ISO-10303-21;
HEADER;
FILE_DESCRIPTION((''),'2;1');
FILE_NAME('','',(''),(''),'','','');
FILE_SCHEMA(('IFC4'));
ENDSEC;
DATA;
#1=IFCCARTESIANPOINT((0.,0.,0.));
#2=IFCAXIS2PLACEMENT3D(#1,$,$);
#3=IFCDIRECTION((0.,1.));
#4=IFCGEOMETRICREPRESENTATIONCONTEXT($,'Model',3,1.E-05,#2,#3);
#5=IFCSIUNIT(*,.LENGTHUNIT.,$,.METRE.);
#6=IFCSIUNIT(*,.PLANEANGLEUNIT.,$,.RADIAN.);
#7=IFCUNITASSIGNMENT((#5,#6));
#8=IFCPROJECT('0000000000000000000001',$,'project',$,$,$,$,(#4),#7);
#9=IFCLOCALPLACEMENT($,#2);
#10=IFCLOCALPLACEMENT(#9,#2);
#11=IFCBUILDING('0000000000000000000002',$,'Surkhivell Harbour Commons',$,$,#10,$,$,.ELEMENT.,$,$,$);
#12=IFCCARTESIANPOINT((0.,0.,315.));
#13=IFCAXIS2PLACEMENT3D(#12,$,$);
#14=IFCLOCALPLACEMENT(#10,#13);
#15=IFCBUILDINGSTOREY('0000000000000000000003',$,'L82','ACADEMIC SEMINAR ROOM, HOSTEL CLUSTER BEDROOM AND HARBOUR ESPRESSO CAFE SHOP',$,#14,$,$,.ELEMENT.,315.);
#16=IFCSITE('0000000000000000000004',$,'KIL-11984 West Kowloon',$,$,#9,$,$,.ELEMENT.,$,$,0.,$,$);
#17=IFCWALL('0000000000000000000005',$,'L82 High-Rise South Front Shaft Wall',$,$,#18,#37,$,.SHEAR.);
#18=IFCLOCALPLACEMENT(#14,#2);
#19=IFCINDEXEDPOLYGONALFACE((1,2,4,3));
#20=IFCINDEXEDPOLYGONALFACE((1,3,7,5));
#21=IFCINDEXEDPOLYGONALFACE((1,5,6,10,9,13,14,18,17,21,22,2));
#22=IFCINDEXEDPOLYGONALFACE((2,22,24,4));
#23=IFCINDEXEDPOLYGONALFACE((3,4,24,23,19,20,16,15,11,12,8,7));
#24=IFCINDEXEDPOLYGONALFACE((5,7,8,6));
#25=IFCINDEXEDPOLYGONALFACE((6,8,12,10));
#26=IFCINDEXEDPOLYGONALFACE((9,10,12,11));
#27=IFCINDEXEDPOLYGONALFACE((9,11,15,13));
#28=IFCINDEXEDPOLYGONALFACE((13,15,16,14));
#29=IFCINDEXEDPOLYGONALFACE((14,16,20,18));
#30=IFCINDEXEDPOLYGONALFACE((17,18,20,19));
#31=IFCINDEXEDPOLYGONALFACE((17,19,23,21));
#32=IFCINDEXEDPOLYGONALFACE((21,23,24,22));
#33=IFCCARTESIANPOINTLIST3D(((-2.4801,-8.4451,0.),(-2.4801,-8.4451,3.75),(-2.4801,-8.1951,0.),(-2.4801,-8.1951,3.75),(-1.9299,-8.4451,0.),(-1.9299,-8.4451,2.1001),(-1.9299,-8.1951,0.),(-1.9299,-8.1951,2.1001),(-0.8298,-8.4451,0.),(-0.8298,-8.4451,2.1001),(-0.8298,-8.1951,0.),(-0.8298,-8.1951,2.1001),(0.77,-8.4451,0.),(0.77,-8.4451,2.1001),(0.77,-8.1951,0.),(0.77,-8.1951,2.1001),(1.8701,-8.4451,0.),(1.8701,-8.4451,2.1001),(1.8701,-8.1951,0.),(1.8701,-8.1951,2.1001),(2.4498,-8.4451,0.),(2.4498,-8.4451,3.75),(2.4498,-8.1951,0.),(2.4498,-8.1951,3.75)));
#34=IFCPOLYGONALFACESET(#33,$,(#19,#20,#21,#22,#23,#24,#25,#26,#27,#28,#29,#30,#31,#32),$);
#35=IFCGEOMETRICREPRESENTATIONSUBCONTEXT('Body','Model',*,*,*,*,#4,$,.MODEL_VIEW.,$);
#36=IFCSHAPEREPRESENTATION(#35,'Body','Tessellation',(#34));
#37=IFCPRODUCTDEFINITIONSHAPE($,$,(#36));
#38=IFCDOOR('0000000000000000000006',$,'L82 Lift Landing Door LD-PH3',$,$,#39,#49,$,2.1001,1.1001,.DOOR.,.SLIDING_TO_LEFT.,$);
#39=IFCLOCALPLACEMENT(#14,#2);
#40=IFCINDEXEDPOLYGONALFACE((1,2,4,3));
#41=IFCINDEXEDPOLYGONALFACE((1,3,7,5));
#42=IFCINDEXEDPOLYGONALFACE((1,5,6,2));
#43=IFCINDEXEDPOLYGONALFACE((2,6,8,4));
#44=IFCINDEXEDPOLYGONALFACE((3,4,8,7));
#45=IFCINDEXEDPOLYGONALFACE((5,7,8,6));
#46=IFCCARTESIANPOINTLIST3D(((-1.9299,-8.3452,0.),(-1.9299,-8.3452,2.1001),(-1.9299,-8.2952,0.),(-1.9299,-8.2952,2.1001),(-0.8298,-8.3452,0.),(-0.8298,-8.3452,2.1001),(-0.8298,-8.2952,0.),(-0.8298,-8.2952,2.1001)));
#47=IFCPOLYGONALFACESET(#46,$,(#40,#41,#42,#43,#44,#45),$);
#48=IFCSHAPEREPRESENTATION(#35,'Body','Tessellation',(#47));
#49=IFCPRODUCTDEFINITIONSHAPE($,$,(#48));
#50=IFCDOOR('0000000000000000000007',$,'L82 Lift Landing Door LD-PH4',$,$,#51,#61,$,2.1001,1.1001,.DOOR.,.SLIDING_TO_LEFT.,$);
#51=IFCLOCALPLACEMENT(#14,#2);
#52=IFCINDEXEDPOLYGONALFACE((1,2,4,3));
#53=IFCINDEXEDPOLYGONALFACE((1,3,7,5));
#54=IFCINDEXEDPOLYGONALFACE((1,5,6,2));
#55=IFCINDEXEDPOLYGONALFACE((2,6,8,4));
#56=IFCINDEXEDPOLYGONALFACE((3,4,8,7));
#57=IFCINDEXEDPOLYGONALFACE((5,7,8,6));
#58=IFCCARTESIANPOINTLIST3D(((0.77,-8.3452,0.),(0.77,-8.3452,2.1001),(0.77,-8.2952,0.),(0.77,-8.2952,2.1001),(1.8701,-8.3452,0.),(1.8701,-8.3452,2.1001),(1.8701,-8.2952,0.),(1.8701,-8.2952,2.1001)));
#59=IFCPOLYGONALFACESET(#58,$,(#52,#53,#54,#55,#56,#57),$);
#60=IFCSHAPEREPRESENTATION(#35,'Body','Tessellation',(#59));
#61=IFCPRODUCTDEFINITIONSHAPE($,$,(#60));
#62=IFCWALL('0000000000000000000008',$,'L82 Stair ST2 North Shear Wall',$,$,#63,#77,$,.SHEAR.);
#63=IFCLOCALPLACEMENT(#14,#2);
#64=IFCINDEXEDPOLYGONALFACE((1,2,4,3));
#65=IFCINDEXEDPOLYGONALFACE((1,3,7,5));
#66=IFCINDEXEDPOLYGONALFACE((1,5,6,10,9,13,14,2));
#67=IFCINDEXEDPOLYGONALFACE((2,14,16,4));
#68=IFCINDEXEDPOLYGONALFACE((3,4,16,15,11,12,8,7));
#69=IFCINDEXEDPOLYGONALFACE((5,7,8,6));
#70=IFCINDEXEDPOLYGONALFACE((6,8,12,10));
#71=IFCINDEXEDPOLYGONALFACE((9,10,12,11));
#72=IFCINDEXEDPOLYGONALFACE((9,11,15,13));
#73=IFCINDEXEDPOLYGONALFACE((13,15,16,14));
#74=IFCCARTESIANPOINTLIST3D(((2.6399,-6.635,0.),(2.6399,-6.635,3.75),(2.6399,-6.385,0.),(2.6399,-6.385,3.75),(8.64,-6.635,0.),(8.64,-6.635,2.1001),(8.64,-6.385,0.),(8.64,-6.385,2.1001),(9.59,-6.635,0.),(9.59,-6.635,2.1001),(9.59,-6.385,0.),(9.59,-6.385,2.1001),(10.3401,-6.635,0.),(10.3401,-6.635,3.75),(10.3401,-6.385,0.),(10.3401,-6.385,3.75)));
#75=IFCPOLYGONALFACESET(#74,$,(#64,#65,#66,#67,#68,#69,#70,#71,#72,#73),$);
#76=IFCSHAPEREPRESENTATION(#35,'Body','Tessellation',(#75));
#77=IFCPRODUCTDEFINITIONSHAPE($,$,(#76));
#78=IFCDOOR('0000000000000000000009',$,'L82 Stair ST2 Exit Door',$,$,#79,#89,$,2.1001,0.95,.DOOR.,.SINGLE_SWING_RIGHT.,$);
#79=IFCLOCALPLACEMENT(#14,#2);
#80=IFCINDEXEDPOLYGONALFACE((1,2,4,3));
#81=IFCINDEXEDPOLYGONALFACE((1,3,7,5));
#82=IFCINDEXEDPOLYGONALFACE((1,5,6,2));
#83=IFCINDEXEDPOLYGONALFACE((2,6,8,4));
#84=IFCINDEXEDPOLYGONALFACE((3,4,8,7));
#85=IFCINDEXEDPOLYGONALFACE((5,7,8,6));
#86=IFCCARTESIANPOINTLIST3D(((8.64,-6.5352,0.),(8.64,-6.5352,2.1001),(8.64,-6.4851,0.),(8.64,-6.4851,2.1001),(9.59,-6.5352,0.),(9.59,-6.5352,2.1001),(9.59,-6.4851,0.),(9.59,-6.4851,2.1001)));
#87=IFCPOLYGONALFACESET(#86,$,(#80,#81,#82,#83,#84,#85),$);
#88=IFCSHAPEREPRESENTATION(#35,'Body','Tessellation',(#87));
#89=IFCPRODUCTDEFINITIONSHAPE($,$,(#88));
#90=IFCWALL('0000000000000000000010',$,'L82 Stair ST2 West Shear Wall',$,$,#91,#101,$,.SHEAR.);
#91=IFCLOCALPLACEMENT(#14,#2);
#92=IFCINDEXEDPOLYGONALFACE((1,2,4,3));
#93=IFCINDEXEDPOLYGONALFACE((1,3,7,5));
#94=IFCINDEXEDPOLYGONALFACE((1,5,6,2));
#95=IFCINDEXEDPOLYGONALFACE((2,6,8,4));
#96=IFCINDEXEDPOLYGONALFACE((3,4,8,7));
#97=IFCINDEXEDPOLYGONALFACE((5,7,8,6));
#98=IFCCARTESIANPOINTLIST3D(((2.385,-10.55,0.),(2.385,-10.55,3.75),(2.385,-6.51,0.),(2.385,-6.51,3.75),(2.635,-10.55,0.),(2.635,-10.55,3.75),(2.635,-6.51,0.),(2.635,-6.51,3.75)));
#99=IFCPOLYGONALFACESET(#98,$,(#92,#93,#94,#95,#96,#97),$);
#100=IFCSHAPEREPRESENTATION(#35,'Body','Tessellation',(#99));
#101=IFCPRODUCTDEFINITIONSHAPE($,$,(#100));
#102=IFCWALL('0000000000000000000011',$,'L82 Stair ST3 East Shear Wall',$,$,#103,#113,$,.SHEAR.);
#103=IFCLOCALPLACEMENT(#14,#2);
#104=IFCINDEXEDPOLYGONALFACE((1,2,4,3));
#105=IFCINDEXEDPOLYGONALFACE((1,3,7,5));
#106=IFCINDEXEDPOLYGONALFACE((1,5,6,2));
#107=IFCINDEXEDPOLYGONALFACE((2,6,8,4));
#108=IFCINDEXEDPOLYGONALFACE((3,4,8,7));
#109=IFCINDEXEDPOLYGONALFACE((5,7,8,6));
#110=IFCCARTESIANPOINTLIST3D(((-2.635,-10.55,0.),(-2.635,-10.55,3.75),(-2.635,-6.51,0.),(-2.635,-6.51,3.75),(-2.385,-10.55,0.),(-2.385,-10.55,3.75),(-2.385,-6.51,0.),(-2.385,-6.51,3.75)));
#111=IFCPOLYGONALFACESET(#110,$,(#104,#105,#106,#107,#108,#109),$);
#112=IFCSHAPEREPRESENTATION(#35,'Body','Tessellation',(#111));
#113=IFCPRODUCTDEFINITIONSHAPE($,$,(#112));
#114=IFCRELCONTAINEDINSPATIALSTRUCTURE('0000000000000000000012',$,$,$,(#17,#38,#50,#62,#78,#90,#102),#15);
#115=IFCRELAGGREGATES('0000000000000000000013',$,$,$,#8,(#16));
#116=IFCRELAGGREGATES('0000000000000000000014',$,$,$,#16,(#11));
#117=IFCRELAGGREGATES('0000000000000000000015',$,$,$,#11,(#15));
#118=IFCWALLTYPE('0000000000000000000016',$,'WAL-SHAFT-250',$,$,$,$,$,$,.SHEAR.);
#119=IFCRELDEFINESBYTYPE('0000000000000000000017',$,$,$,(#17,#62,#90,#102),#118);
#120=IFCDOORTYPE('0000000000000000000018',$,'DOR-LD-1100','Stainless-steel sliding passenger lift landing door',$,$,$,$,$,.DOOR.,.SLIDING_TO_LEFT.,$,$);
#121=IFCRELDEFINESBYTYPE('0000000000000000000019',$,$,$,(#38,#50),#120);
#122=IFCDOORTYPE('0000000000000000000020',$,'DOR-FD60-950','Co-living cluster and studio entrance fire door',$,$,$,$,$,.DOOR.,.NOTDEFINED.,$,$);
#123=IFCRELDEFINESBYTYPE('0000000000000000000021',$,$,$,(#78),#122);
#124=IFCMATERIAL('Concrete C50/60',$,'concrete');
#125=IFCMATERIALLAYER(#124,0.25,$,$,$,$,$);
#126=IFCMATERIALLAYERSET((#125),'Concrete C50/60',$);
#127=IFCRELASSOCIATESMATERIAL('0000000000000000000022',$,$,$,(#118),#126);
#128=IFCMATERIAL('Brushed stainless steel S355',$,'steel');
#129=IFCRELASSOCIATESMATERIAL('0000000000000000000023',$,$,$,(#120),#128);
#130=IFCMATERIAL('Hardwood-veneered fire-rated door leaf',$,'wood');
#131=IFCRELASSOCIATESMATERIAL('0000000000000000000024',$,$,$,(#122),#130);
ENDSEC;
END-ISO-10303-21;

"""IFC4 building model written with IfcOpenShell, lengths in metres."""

from ifc_helpers import new_model, si_unit, direction, frame, frame_2d, origin, place, context, subcontext, project, spatial, rectangle, extrude, material, layer, layer_set, type_object, element, fill, save


model = new_model("IFC4")

# Units and contexts
model_context = context("Model", 3, precision=1e-05, world=origin(), true_north=direction((0.0, 1.0)))
body_context = subcontext(model_context, "Body", "Model", "MODEL_VIEW")
ifc_project = project(units=[si_unit("LENGTHUNIT", "METRE"), si_unit("PLANEANGLEUNIT", "RADIAN")], contexts=[model_context])

# Site, building, storey
site_placement = place(None, origin())
site = spatial("IfcSite", under=ifc_project, at=site_placement, Name="KIL-11984 West Kowloon", CompositionType="ELEMENT", RefElevation=0.0)
building_placement = place(site_placement, origin())
building = spatial("IfcBuilding", under=site, at=building_placement, Name="Surkhivell Harbour Commons", CompositionType="ELEMENT")
storey_placement = place(building_placement, frame((0.0, 0.0, 315.0)))
storey = spatial("IfcBuildingStorey", under=building, at=storey_placement, Name="L82", Description="ACADEMIC SEMINAR ROOM, HOSTEL CLUSTER BEDROOM AND HARBOUR ESPRESSO CAFE SHOP", CompositionType="ELEMENT", Elevation=315.0)

# Shared definitions
ifc_material_1 = material(Name="Concrete C50/60", Category="concrete")

# Shared definitions
ifc_material_2 = material(Name="Hardwood-veneered fire-rated door leaf", Category="wood")

# Shared definitions
ifc_layer_1 = layer(ifc_material_1, 0.25)
ifc_layer_set_1 = layer_set([ifc_layer_1], Name="Concrete C50/60")
wall_type_1 = type_object("IfcWallType", Name="WAL-SHAFT-250", PredefinedType="SHEAR", material=ifc_layer_set_1)

# Wall, openings, doors
ifc_material_3 = material(Name="Brushed stainless steel S355", Category="steel")
door_type_1 = type_object("IfcDoorType", Name="DOR-LD-1100", Description="Stainless-steel sliding passenger lift landing door", OperationType="SLIDING_TO_LEFT", PredefinedType="DOOR", material=ifc_material_3)
wall_1_placement = place(storey_placement, frame((-2.48, -8.3201, 0.0), z_axis=(0.0, 0.0, 1.0), x_axis=(1.0, 0.0, 0.0)))
wall_1 = element("IfcWall", 1, at=wall_1_placement, inside=storey, type_object=wall_type_1, Name="L82 High-Rise South Front Shaft Wall", PredefinedType="SHEAR", context=body_context, shape_type="SweptSolid", body=[
    extrude(rectangle(XDim=4.9299, YDim=0.25, at=frame_2d((2.4648, 0.0))), origin(), (0.0, 0.0, 1.0), 3.75),
])
opening_1_placement = place(wall_1_placement, frame((0.55, 0.0, 0.0)))
opening_1 = element("IfcOpeningElement", 2, at=opening_1_placement, cuts=wall_1, PredefinedType="OPENING", context=body_context, shape_type="SweptSolid", body=[
    extrude(rectangle(XDim=1.1001, YDim=2.1001, at=frame_2d((0.55, 1.05))), frame((0.0, 0.135, 0.0), z_axis=(0.0, -1.0, 0.0), x_axis=(1.0, 0.0, 0.0)), (0.0, 0.0, 1.0), 0.27),
])
opening_2_placement = place(wall_1_placement, frame((3.25, 0.0, 0.0)))
opening_2 = element("IfcOpeningElement", 3, at=opening_2_placement, cuts=wall_1, PredefinedType="OPENING", context=body_context, shape_type="SweptSolid", body=[
    extrude(rectangle(XDim=1.1001, YDim=2.1001, at=frame_2d((0.55, 1.05))), frame((0.0, 0.135, 0.0), z_axis=(0.0, -1.0, 0.0), x_axis=(1.0, 0.0, 0.0)), (0.0, 0.0, 1.0), 0.27),
])
door_1_placement = place(opening_1_placement, origin())
door_1 = element("IfcDoor", 4, at=door_1_placement, inside=storey, type_object=door_type_1, Name="L82 Lift Landing Door LD-PH3", OperationType="SLIDING_TO_LEFT", OverallHeight=2.1001, OverallWidth=1.1001, PredefinedType="DOOR", context=body_context, shape_type="SweptSolid", body=[
    extrude(rectangle(XDim=1.1001, YDim=2.1001, at=frame_2d((0.55, 1.05))), frame((0.0, 0.0249, 0.0), z_axis=(0.0, -1.0, 0.0), x_axis=(1.0, 0.0, 0.0)), (0.0, 0.0, 1.0), 0.05),
])
fill(opening_1, door_1)
door_2_placement = place(opening_2_placement, origin())
door_2 = element("IfcDoor", 5, at=door_2_placement, inside=storey, type_object=door_type_1, Name="L82 Lift Landing Door LD-PH4", OperationType="SLIDING_TO_LEFT", OverallHeight=2.1001, OverallWidth=1.1001, PredefinedType="DOOR", context=body_context, shape_type="SweptSolid", body=[
    extrude(rectangle(XDim=1.1001, YDim=2.1001, at=frame_2d((0.55, 1.05))), frame((0.0, 0.0249, 0.0), z_axis=(0.0, -1.0, 0.0), x_axis=(1.0, 0.0, 0.0)), (0.0, 0.0, 1.0), 0.05),
])
fill(opening_2, door_2)

# Wall, opening, door
wall_2_placement = place(storey_placement, frame((2.6399, -6.51, 0.0), z_axis=(0.0, 0.0, 1.0), x_axis=(1.0, 0.0, 0.0)))
wall_2 = element("IfcWall", 6, at=wall_2_placement, inside=storey, type_object=wall_type_1, Name="L82 Stair ST2 North Shear Wall", PredefinedType="SHEAR", context=body_context, shape_type="SweptSolid", body=[
    extrude(rectangle(XDim=7.7002, YDim=0.25, at=frame_2d((3.8501, 0.0))), origin(), (0.0, 0.0, 1.0), 3.75),
])
opening_3_placement = place(wall_2_placement, frame((6.0, 0.0, 0.0)))
opening_3 = element("IfcOpeningElement", 7, at=opening_3_placement, cuts=wall_2, PredefinedType="OPENING", context=body_context, shape_type="SweptSolid", body=[
    extrude(rectangle(XDim=0.95, YDim=2.1001, at=frame_2d((0.4751, 1.05))), frame((0.0, 0.135, 0.0), z_axis=(0.0, -1.0, 0.0), x_axis=(1.0, 0.0, 0.0)), (0.0, 0.0, 1.0), 0.27),
])
door_type_2 = type_object("IfcDoorType", Name="DOR-FD60-950", Description="Co-living cluster and studio entrance fire door", OperationType="NOTDEFINED", PredefinedType="DOOR", material=ifc_material_2)
door_3_placement = place(opening_3_placement, origin())
door_3 = element("IfcDoor", 8, at=door_3_placement, inside=storey, type_object=door_type_2, Name="L82 Stair ST2 Exit Door", OperationType="SINGLE_SWING_RIGHT", OverallHeight=2.1001, OverallWidth=0.95, PredefinedType="DOOR", context=body_context, shape_type="SweptSolid", body=[
    extrude(rectangle(XDim=0.95, YDim=2.1001, at=frame_2d((0.4751, 1.05))), frame((0.0, 0.0249, 0.0), z_axis=(0.0, -1.0, 0.0), x_axis=(1.0, 0.0, 0.0)), (0.0, 0.0, 1.0), 0.05),
])
fill(opening_3, door_3)

# Walls
for number, where, z_axis, x_axis, name in (
    (9, (2.51, -10.55, 0.0), (0.0, 0.0, 1.0), (0.0, 1.0, 0.0), "L82 Stair ST2 West Shear Wall"),
    (10, (-2.51, -10.55, 0.0), (0.0, 0.0, 1.0), (0.0, 1.0, 0.0), "L82 Stair ST3 East Shear Wall"),
):
    element("IfcWall", number, at=place(storey_placement, frame(where, z_axis=z_axis, x_axis=x_axis)), inside=storey, type_object=wall_type_1, Name=name, PredefinedType="SHEAR", context=body_context, shape_type="SweptSolid", body=[
        extrude(rectangle(XDim=4.04, YDim=0.25, at=frame_2d((2.02, 0.0))), origin(), (0.0, 0.0, 1.0), 3.75),
    ])

save(model, "model.ifc")
